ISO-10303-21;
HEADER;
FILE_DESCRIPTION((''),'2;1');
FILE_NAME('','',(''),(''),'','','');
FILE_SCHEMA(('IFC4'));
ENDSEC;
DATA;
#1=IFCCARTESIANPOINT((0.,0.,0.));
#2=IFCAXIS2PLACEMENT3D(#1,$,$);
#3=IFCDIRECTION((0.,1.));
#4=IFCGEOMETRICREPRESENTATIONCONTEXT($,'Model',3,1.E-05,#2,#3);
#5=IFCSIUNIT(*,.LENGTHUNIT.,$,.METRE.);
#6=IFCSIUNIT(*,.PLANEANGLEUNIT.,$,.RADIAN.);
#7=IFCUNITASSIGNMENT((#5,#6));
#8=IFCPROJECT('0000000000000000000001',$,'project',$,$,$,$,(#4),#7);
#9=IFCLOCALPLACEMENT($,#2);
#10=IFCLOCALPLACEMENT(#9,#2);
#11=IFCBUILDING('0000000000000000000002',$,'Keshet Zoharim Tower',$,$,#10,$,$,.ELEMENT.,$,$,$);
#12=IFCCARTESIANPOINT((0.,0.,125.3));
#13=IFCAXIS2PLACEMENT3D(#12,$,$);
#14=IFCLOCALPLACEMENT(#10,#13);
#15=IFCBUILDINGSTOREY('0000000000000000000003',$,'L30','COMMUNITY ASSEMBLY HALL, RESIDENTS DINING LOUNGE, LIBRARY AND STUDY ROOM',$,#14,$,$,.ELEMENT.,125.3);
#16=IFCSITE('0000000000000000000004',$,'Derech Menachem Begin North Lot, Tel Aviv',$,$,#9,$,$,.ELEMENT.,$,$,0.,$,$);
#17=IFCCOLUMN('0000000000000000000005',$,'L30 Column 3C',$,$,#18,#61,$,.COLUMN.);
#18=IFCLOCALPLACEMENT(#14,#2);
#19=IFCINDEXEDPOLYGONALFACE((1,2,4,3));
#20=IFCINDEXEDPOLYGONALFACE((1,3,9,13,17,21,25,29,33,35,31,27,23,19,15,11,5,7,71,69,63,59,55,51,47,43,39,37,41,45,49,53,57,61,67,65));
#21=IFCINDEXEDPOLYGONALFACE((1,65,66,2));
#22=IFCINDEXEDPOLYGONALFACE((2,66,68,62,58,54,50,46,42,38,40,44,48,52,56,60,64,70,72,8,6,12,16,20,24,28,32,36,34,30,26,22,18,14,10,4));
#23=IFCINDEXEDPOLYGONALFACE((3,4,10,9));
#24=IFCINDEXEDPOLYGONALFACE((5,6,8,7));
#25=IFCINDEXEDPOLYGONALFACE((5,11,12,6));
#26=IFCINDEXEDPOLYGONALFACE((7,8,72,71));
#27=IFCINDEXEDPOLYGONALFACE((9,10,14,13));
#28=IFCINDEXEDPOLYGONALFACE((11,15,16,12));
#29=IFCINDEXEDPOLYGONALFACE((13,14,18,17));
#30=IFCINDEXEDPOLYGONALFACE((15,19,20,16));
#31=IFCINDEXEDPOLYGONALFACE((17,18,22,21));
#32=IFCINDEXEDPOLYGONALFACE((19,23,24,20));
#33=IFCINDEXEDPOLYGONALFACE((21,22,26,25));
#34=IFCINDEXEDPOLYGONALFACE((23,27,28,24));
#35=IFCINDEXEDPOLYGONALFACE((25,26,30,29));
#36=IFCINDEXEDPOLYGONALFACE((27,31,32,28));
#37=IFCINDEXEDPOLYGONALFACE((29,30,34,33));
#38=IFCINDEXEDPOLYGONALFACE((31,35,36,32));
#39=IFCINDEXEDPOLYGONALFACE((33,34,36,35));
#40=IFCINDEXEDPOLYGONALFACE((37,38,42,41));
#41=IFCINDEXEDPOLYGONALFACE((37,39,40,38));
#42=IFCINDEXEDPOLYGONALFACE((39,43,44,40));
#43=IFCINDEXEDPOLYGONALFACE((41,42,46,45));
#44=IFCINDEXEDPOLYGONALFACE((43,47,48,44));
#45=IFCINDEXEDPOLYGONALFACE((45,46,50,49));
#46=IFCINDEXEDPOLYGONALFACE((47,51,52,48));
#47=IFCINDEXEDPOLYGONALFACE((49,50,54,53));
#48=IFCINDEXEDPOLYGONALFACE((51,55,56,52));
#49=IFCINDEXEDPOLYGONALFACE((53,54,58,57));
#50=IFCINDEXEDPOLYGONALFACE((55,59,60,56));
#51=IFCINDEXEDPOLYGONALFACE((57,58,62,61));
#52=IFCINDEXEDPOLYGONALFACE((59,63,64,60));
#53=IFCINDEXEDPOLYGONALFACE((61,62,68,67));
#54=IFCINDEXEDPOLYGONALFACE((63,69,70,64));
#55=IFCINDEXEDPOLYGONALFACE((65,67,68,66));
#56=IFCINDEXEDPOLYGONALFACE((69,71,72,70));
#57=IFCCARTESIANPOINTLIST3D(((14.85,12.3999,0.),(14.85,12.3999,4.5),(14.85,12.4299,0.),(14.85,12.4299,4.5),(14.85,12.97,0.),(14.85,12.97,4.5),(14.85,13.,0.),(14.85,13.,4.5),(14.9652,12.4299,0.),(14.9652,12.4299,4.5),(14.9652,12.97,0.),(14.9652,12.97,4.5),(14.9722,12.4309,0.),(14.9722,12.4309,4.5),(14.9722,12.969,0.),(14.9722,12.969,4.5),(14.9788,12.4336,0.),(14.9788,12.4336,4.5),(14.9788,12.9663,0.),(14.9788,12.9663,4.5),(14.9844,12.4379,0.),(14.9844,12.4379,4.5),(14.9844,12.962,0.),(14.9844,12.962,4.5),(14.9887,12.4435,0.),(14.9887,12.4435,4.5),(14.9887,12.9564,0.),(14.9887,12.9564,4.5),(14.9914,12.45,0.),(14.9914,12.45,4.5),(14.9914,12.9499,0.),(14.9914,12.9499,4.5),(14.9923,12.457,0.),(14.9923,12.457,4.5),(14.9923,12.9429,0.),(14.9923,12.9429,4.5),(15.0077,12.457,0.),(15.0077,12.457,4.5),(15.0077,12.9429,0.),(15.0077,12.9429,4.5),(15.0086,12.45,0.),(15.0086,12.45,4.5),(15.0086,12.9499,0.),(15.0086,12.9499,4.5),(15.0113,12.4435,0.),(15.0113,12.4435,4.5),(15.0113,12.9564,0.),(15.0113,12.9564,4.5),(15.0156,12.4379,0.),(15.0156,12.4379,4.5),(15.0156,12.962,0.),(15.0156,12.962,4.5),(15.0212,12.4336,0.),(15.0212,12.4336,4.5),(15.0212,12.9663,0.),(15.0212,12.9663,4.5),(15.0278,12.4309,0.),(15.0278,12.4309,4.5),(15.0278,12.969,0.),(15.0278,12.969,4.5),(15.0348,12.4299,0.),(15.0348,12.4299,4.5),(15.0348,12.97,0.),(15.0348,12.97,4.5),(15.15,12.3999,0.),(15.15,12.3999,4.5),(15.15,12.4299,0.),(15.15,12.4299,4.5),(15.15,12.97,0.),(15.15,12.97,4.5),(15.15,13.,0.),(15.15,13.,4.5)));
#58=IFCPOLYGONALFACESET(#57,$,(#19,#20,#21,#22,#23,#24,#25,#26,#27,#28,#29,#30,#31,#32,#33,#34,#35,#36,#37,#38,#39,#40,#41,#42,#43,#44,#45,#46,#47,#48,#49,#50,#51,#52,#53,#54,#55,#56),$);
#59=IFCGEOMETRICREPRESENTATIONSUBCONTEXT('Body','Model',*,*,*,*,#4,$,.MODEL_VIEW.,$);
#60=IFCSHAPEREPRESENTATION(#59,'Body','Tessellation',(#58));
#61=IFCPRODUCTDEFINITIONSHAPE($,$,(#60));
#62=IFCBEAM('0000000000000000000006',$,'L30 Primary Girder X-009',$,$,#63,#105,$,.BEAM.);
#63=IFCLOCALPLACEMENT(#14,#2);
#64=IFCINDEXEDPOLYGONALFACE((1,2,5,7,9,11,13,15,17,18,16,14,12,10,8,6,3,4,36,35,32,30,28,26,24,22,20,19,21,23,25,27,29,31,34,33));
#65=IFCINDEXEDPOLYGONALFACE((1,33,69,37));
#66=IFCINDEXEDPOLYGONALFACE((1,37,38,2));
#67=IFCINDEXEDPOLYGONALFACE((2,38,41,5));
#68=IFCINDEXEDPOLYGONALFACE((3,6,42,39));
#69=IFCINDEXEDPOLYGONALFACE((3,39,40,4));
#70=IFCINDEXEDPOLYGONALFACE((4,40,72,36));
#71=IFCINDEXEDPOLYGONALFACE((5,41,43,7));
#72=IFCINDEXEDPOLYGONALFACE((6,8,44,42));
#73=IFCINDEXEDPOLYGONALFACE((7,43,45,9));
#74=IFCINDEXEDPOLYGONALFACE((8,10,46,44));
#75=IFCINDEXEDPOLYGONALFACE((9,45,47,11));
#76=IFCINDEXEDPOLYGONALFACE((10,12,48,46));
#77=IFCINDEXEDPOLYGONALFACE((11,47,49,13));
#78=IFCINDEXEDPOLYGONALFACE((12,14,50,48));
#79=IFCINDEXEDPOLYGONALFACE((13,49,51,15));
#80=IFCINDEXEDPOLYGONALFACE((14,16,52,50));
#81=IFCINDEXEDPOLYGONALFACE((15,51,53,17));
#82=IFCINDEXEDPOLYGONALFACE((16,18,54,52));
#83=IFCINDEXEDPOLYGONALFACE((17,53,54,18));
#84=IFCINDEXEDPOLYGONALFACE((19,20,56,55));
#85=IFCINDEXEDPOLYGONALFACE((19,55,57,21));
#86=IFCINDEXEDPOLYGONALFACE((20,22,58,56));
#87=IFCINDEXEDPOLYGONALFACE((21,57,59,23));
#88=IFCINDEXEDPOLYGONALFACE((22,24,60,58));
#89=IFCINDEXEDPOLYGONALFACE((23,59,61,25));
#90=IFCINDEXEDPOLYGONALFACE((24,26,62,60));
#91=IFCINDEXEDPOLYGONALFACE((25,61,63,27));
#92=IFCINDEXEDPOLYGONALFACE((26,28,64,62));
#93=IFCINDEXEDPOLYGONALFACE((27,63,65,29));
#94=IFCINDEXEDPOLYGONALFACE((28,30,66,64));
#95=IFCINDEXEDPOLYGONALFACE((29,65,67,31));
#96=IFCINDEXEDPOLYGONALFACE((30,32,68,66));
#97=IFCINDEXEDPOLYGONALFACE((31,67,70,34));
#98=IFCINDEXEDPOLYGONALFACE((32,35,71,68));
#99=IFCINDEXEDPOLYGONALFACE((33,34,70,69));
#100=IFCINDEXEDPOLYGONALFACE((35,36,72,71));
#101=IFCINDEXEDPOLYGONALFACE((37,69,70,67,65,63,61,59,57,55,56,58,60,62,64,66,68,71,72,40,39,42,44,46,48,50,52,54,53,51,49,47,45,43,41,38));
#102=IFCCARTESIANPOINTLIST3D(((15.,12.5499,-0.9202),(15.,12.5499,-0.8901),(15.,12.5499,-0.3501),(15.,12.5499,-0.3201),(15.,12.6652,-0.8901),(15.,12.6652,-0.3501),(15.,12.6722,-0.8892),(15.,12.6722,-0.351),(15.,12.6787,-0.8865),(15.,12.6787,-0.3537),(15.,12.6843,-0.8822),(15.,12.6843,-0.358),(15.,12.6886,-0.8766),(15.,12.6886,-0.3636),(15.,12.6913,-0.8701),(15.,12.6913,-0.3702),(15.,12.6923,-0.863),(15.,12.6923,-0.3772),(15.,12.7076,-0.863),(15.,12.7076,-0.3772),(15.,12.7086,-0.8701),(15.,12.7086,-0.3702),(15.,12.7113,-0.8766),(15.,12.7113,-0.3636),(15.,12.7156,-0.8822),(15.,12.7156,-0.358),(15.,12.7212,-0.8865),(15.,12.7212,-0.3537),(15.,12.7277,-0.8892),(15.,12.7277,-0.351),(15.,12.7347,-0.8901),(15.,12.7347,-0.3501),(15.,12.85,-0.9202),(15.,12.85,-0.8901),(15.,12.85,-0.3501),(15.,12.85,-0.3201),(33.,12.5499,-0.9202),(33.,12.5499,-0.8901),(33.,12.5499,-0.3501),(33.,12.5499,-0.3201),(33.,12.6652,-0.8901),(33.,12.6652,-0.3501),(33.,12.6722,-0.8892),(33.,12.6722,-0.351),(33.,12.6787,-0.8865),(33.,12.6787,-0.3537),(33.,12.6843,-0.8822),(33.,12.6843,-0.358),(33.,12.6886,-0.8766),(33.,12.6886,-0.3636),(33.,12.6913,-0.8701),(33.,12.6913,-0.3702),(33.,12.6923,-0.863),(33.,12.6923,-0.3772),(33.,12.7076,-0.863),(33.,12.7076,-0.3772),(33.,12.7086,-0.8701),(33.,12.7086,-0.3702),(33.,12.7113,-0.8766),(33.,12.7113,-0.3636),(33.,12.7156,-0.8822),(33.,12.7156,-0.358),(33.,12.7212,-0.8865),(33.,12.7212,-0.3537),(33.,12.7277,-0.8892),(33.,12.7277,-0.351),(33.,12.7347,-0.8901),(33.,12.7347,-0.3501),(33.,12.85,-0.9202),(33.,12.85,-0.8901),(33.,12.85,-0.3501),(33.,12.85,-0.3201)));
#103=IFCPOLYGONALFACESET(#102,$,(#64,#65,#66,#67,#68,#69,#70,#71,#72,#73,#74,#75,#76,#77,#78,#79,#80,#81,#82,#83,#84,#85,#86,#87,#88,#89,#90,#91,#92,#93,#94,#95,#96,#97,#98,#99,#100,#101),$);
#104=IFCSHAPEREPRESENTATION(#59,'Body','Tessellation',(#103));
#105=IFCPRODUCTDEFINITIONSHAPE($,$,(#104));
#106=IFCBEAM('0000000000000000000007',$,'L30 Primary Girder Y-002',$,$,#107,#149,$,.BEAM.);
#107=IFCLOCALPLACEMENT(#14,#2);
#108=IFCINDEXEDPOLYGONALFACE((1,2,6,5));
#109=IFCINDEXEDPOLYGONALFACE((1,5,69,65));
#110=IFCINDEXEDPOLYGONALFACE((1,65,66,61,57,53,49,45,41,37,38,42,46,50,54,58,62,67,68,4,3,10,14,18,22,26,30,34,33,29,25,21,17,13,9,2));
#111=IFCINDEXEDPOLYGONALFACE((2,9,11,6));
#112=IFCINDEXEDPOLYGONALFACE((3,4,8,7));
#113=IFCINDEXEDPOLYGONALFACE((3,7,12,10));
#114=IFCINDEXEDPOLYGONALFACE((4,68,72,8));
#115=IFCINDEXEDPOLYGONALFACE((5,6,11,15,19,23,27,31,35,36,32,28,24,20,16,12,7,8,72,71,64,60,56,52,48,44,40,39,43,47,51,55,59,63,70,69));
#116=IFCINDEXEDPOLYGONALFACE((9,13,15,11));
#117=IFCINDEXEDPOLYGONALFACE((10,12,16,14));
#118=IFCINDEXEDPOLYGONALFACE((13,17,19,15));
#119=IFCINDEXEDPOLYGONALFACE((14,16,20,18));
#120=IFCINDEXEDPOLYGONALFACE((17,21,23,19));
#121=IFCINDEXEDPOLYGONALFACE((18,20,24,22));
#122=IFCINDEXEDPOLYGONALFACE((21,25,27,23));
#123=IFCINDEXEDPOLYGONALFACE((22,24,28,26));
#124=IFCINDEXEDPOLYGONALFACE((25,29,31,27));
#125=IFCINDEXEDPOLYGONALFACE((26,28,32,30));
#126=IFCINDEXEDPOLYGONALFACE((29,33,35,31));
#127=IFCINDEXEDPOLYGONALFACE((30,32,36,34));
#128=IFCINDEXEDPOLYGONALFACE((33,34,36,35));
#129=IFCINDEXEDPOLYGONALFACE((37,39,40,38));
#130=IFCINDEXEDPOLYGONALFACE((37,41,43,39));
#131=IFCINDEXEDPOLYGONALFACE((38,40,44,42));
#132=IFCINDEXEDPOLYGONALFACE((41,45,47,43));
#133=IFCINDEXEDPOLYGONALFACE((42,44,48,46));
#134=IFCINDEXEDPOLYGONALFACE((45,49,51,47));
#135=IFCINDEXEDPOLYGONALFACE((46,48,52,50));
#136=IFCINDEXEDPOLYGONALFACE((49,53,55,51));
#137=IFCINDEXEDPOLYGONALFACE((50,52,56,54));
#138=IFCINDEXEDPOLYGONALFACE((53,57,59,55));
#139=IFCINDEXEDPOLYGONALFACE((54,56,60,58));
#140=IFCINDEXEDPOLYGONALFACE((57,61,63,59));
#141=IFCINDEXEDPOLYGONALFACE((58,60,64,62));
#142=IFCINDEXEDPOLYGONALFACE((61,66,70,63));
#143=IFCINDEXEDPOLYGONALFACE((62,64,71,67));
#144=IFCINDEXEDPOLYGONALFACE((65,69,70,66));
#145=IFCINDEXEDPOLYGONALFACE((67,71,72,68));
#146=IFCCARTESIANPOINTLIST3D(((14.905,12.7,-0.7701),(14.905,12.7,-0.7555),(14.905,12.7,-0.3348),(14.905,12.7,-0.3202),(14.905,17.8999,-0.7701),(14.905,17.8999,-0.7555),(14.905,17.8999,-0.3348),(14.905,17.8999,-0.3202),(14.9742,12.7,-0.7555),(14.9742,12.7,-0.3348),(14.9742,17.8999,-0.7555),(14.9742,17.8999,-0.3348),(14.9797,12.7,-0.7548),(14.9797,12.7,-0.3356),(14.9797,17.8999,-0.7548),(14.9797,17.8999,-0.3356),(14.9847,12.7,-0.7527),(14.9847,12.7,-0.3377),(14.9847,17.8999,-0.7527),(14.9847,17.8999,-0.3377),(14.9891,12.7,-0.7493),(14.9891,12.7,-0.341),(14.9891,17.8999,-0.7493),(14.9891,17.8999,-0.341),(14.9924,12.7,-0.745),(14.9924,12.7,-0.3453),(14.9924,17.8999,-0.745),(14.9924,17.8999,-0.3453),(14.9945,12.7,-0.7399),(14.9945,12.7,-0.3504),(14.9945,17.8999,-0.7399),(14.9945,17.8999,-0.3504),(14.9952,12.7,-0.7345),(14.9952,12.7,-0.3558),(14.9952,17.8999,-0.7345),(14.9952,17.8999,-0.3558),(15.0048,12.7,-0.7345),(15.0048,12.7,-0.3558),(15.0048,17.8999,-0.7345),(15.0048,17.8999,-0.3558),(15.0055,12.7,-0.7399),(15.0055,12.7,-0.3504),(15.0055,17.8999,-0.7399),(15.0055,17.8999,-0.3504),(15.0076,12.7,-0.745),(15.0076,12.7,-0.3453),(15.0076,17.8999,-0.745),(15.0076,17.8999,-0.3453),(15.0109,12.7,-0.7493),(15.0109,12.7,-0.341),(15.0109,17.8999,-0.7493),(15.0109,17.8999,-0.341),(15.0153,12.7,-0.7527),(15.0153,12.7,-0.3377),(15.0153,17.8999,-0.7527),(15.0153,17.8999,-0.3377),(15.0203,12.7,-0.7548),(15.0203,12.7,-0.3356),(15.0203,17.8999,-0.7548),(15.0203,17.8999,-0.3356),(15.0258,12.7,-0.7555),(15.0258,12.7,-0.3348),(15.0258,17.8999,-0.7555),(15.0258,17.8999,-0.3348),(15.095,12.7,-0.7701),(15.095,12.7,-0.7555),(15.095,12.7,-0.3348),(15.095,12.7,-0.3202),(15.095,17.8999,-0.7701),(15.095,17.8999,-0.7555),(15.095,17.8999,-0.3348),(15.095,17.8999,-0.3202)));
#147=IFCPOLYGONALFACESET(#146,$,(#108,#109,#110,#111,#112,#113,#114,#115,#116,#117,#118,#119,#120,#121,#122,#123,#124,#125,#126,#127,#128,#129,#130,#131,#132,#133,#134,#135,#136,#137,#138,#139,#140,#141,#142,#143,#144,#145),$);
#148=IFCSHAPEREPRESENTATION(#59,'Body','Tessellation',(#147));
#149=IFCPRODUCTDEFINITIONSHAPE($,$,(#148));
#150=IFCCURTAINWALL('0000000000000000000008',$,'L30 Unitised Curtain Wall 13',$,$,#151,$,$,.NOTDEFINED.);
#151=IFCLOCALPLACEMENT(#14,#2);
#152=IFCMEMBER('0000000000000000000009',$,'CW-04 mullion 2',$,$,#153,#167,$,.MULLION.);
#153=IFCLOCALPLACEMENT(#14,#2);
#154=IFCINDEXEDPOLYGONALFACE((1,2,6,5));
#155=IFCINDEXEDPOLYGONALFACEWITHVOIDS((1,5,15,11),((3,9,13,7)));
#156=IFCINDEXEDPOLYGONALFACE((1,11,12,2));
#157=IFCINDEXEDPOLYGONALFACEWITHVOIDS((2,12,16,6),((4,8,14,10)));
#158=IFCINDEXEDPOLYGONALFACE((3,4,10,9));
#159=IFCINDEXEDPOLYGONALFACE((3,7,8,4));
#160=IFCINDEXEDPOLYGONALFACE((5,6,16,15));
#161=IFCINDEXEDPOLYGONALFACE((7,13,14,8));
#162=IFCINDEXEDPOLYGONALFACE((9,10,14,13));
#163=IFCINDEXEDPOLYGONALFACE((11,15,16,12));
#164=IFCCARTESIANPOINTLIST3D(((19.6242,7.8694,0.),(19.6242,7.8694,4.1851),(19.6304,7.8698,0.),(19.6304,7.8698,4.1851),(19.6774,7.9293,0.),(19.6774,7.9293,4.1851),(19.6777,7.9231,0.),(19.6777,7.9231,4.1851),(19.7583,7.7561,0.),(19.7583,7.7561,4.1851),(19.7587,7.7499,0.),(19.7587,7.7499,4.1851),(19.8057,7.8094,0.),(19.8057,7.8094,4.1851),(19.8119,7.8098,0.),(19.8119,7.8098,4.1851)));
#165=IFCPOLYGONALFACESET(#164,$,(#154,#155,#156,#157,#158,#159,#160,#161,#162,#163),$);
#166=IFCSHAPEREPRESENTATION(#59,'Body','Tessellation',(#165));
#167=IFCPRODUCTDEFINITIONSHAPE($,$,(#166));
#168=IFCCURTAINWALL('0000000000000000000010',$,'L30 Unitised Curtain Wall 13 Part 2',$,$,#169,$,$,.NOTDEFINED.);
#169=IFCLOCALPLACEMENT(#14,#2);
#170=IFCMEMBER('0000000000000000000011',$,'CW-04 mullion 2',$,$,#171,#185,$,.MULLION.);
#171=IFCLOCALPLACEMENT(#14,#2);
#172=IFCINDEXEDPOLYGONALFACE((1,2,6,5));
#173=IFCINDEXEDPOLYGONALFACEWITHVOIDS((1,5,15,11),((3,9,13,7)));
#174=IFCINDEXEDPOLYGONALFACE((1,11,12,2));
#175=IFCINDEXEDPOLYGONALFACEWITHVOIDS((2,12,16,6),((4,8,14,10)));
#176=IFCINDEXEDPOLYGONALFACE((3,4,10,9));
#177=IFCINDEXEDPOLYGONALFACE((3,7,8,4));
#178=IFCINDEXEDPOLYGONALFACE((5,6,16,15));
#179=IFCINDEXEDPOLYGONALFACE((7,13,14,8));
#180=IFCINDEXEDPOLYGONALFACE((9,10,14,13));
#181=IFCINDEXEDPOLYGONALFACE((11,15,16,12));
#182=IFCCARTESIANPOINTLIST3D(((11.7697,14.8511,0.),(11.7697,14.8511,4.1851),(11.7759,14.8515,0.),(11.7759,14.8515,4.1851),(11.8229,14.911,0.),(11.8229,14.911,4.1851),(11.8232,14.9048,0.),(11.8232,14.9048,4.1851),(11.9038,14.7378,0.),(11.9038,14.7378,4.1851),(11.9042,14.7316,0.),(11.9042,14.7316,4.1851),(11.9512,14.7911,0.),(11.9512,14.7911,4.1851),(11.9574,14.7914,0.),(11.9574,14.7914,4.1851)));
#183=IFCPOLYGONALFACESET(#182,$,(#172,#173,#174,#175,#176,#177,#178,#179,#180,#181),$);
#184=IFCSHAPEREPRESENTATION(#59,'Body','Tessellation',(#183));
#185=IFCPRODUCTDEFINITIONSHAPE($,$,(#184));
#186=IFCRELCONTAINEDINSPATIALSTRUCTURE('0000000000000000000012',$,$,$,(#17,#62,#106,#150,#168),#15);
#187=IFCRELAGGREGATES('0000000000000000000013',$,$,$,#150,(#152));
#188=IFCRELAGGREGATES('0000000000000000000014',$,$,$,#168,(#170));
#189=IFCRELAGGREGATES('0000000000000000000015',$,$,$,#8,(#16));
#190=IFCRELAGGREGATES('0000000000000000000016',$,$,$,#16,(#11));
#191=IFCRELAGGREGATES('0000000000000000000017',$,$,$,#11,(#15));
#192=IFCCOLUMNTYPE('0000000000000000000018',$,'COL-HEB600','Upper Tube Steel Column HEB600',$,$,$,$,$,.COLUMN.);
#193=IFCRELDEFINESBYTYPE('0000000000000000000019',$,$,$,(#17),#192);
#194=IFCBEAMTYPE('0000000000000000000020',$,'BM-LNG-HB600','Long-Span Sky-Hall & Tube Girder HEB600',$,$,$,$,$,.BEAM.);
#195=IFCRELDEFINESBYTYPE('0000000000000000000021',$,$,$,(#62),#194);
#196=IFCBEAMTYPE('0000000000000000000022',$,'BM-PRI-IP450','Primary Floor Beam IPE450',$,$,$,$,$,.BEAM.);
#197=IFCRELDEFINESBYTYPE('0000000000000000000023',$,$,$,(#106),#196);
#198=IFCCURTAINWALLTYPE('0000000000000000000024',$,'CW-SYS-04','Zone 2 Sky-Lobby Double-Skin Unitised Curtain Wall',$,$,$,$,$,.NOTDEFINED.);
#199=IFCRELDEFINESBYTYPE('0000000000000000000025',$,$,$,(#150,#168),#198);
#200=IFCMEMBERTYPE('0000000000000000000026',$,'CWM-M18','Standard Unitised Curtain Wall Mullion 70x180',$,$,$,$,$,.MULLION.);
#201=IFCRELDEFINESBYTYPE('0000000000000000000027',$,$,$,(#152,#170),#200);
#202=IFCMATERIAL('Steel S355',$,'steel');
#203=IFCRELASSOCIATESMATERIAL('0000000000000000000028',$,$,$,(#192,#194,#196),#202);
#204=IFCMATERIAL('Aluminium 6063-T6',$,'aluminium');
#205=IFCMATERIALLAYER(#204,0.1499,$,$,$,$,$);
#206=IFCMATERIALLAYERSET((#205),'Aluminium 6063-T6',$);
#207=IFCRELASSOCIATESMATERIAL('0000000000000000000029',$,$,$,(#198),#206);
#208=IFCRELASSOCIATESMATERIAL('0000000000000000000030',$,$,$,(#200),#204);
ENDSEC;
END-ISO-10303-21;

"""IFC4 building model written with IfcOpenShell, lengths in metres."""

from ifc_helpers import new_model, si_unit, direction, frame, origin, origin_2d, place, context, subcontext, project, spatial, hollow_rectangle, i_section, extrude, material, layer, layer_set, material_profile, profile_set, type_object, element, aggregate, save


model = new_model("IFC4")

# Units and contexts
model_context = context("Model", 3, precision=1e-05, world=origin(), true_north=direction((0.0, 1.0)))
body_context = subcontext(model_context, "Body", "Model", "MODEL_VIEW")
ifc_project = project(units=[si_unit("LENGTHUNIT", "METRE"), si_unit("PLANEANGLEUNIT", "RADIAN")], contexts=[model_context])

# Site, building, storey
site_placement = place(None, origin())
site = spatial("IfcSite", under=ifc_project, at=site_placement, Name="Derech Menachem Begin North Lot, Tel Aviv", CompositionType="ELEMENT", RefElevation=0.0)
building_placement = place(site_placement, origin())
building = spatial("IfcBuilding", under=site, at=building_placement, Name="Keshet Zoharim Tower", CompositionType="ELEMENT")
storey_placement = place(building_placement, frame((0.0, 0.0, 125.3)))
storey = spatial("IfcBuildingStorey", under=building, at=storey_placement, Name="L30", Description="COMMUNITY ASSEMBLY HALL, RESIDENTS DINING LOUNGE, LIBRARY AND STUDY ROOM", CompositionType="ELEMENT", Elevation=125.3)

# Column
ifc_material_1 = material(Name="Steel S355", Category="steel")
ifc_material_profile_1 = material_profile(ifc_material_1, i_section(OverallWidth=0.3, OverallDepth=0.6001, WebThickness=0.0154, FlangeThickness=0.03, FilletRadius=0.0271, at=origin_2d()), Name="HEB600")
ifc_profile_set_1 = profile_set([ifc_material_profile_1], Name="Steel S355")
column_type = type_object("IfcColumnType", Name="COL-HEB600", Description="Upper Tube Steel Column HEB600", PredefinedType="COLUMN", material=ifc_profile_set_1)
column_placement = place(storey_placement, frame((15.0, 12.7, 0.0), z_axis=(0.0, 0.0, 1.0), x_axis=(1.0, 0.0, 0.0)))
element("IfcColumn", 1, at=column_placement, inside=storey, type_object=column_type, Name="L30 Column 3C", PredefinedType="COLUMN", context=body_context, shape_type="SweptSolid", body=[
    extrude(i_section(OverallWidth=0.3, OverallDepth=0.6001, WebThickness=0.0154, FlangeThickness=0.03, FilletRadius=0.0271, at=origin_2d()), origin(), (0.0, 0.0, 1.0), 4.5),
])

# Beams
ifc_material_profile_2 = material_profile(ifc_material_1, i_section(OverallWidth=0.3, OverallDepth=0.6001, WebThickness=0.0154, FlangeThickness=0.03, FilletRadius=0.0271, at=origin_2d()), Name="HEB600")
ifc_profile_set_2 = profile_set([ifc_material_profile_2], Name="Steel S355")
beam_type_1 = type_object("IfcBeamType", Name="BM-LNG-HB600", Description="Long-Span Sky-Hall & Tube Girder HEB600", PredefinedType="BEAM", material=ifc_profile_set_2)
beam_1_placement = place(storey_placement, frame((15.0, 12.7, -0.6201), z_axis=(1.0, 0.0, 0.0), x_axis=(0.0, 1.0, 0.0)))
element("IfcBeam", 2, at=beam_1_placement, inside=storey, type_object=beam_type_1, Name="L30 Primary Girder X-009", PredefinedType="BEAM", context=body_context, shape_type="SweptSolid", body=[
    extrude(i_section(OverallWidth=0.3, OverallDepth=0.6001, WebThickness=0.0154, FlangeThickness=0.03, FilletRadius=0.0271, at=origin_2d()), origin(), (0.0, 0.0, 1.0), 18.0),
])
ifc_material_profile_3 = material_profile(ifc_material_1, i_section(OverallWidth=0.1899, OverallDepth=0.45, WebThickness=0.0095, FlangeThickness=0.0146, FilletRadius=0.021, at=origin_2d()), Name="IPE450")
ifc_profile_set_3 = profile_set([ifc_material_profile_3], Name="Steel S355")
beam_type_2 = type_object("IfcBeamType", Name="BM-PRI-IP450", Description="Primary Floor Beam IPE450", PredefinedType="BEAM", material=ifc_profile_set_3)
beam_2_placement = place(storey_placement, frame((15.0, 12.7, -0.5452), z_axis=(0.0, 1.0, 0.0), x_axis=(-1.0, 0.0, 0.0)))
element("IfcBeam", 3, at=beam_2_placement, inside=storey, type_object=beam_type_2, Name="L30 Primary Girder Y-002", PredefinedType="BEAM", context=body_context, shape_type="SweptSolid", body=[
    extrude(i_section(OverallWidth=0.1899, OverallDepth=0.45, WebThickness=0.0095, FlangeThickness=0.0146, FilletRadius=0.021, at=origin_2d()), origin(), (0.0, 0.0, 1.0), 5.2),
])

# Curtain wall, member
ifc_material_2 = material(Name="Aluminium 6063-T6", Category="aluminium")
ifc_layer_1 = layer(ifc_material_2, 0.1499)
ifc_layer_set_1 = layer_set([ifc_layer_1], Name="Aluminium 6063-T6")
curtain_wall_type = type_object("IfcCurtainWallType", Name="CW-SYS-04", Description="Zone 2 Sky-Lobby Double-Skin Unitised Curtain Wall", PredefinedType="NOTDEFINED", material=ifc_layer_set_1)
curtain_wall_1_placement = place(storey_placement, origin())
curtain_wall_1 = element("IfcCurtainWall", 4, at=curtain_wall_1_placement, inside=storey, type_object=curtain_wall_type, Name="L30 Unitised Curtain Wall 13", PredefinedType="NOTDEFINED")
ifc_material_profile_4 = material_profile(ifc_material_2, hollow_rectangle(XDim=0.0801, YDim=0.1799, WallThickness=0.0044, at=origin_2d()), Name="MUL-80x180")
ifc_profile_set_4 = profile_set([ifc_material_profile_4], Name="Aluminium 6063-T6")
member_type_1 = type_object("IfcMemberType", Name="CWM-M18", Description="Standard Unitised Curtain Wall Mullion 70x180", PredefinedType="MULLION", material=ifc_profile_set_4)
member_1_placement = place(storey_placement, frame((19.718, 7.8396, 0.0), z_axis=(0.0, 0.0, 1.0), x_axis=(-0.664378, -0.747397, 0.0)))
member_1 = element("IfcMember", 5, at=member_1_placement, type_object=member_type_1, Name="CW-04 mullion 2", PredefinedType="MULLION", context=body_context, shape_type="SweptSolid", body=[
    extrude(hollow_rectangle(XDim=0.0801, YDim=0.1799, WallThickness=0.0044, at=origin_2d()), origin(), (0.0, 0.0, 1.0), 4.1851),
])
aggregate(curtain_wall_1, [member_1])

# Curtain wall, member
curtain_wall_2_placement = place(storey_placement, origin())
curtain_wall_2 = element("IfcCurtainWall", 6, at=curtain_wall_2_placement, inside=storey, type_object=curtain_wall_type, Name="L30 Unitised Curtain Wall 13 Part 2", PredefinedType="NOTDEFINED")
member_2_placement = place(storey_placement, frame((11.8635, 14.8213, 0.0), z_axis=(0.0, 0.0, 1.0), x_axis=(-0.664363, -0.74741, 0.0)))
member_2 = element("IfcMember", 7, at=member_2_placement, type_object=member_type_1, Name="CW-04 mullion 2", PredefinedType="MULLION", context=body_context, shape_type="SweptSolid", body=[
    extrude(hollow_rectangle(XDim=0.0801, YDim=0.1799, WallThickness=0.0044, at=origin_2d()), origin(), (0.0, 0.0, 1.0), 4.1851),
])
aggregate(curtain_wall_2, [member_2])

save(model, "model.ifc")
